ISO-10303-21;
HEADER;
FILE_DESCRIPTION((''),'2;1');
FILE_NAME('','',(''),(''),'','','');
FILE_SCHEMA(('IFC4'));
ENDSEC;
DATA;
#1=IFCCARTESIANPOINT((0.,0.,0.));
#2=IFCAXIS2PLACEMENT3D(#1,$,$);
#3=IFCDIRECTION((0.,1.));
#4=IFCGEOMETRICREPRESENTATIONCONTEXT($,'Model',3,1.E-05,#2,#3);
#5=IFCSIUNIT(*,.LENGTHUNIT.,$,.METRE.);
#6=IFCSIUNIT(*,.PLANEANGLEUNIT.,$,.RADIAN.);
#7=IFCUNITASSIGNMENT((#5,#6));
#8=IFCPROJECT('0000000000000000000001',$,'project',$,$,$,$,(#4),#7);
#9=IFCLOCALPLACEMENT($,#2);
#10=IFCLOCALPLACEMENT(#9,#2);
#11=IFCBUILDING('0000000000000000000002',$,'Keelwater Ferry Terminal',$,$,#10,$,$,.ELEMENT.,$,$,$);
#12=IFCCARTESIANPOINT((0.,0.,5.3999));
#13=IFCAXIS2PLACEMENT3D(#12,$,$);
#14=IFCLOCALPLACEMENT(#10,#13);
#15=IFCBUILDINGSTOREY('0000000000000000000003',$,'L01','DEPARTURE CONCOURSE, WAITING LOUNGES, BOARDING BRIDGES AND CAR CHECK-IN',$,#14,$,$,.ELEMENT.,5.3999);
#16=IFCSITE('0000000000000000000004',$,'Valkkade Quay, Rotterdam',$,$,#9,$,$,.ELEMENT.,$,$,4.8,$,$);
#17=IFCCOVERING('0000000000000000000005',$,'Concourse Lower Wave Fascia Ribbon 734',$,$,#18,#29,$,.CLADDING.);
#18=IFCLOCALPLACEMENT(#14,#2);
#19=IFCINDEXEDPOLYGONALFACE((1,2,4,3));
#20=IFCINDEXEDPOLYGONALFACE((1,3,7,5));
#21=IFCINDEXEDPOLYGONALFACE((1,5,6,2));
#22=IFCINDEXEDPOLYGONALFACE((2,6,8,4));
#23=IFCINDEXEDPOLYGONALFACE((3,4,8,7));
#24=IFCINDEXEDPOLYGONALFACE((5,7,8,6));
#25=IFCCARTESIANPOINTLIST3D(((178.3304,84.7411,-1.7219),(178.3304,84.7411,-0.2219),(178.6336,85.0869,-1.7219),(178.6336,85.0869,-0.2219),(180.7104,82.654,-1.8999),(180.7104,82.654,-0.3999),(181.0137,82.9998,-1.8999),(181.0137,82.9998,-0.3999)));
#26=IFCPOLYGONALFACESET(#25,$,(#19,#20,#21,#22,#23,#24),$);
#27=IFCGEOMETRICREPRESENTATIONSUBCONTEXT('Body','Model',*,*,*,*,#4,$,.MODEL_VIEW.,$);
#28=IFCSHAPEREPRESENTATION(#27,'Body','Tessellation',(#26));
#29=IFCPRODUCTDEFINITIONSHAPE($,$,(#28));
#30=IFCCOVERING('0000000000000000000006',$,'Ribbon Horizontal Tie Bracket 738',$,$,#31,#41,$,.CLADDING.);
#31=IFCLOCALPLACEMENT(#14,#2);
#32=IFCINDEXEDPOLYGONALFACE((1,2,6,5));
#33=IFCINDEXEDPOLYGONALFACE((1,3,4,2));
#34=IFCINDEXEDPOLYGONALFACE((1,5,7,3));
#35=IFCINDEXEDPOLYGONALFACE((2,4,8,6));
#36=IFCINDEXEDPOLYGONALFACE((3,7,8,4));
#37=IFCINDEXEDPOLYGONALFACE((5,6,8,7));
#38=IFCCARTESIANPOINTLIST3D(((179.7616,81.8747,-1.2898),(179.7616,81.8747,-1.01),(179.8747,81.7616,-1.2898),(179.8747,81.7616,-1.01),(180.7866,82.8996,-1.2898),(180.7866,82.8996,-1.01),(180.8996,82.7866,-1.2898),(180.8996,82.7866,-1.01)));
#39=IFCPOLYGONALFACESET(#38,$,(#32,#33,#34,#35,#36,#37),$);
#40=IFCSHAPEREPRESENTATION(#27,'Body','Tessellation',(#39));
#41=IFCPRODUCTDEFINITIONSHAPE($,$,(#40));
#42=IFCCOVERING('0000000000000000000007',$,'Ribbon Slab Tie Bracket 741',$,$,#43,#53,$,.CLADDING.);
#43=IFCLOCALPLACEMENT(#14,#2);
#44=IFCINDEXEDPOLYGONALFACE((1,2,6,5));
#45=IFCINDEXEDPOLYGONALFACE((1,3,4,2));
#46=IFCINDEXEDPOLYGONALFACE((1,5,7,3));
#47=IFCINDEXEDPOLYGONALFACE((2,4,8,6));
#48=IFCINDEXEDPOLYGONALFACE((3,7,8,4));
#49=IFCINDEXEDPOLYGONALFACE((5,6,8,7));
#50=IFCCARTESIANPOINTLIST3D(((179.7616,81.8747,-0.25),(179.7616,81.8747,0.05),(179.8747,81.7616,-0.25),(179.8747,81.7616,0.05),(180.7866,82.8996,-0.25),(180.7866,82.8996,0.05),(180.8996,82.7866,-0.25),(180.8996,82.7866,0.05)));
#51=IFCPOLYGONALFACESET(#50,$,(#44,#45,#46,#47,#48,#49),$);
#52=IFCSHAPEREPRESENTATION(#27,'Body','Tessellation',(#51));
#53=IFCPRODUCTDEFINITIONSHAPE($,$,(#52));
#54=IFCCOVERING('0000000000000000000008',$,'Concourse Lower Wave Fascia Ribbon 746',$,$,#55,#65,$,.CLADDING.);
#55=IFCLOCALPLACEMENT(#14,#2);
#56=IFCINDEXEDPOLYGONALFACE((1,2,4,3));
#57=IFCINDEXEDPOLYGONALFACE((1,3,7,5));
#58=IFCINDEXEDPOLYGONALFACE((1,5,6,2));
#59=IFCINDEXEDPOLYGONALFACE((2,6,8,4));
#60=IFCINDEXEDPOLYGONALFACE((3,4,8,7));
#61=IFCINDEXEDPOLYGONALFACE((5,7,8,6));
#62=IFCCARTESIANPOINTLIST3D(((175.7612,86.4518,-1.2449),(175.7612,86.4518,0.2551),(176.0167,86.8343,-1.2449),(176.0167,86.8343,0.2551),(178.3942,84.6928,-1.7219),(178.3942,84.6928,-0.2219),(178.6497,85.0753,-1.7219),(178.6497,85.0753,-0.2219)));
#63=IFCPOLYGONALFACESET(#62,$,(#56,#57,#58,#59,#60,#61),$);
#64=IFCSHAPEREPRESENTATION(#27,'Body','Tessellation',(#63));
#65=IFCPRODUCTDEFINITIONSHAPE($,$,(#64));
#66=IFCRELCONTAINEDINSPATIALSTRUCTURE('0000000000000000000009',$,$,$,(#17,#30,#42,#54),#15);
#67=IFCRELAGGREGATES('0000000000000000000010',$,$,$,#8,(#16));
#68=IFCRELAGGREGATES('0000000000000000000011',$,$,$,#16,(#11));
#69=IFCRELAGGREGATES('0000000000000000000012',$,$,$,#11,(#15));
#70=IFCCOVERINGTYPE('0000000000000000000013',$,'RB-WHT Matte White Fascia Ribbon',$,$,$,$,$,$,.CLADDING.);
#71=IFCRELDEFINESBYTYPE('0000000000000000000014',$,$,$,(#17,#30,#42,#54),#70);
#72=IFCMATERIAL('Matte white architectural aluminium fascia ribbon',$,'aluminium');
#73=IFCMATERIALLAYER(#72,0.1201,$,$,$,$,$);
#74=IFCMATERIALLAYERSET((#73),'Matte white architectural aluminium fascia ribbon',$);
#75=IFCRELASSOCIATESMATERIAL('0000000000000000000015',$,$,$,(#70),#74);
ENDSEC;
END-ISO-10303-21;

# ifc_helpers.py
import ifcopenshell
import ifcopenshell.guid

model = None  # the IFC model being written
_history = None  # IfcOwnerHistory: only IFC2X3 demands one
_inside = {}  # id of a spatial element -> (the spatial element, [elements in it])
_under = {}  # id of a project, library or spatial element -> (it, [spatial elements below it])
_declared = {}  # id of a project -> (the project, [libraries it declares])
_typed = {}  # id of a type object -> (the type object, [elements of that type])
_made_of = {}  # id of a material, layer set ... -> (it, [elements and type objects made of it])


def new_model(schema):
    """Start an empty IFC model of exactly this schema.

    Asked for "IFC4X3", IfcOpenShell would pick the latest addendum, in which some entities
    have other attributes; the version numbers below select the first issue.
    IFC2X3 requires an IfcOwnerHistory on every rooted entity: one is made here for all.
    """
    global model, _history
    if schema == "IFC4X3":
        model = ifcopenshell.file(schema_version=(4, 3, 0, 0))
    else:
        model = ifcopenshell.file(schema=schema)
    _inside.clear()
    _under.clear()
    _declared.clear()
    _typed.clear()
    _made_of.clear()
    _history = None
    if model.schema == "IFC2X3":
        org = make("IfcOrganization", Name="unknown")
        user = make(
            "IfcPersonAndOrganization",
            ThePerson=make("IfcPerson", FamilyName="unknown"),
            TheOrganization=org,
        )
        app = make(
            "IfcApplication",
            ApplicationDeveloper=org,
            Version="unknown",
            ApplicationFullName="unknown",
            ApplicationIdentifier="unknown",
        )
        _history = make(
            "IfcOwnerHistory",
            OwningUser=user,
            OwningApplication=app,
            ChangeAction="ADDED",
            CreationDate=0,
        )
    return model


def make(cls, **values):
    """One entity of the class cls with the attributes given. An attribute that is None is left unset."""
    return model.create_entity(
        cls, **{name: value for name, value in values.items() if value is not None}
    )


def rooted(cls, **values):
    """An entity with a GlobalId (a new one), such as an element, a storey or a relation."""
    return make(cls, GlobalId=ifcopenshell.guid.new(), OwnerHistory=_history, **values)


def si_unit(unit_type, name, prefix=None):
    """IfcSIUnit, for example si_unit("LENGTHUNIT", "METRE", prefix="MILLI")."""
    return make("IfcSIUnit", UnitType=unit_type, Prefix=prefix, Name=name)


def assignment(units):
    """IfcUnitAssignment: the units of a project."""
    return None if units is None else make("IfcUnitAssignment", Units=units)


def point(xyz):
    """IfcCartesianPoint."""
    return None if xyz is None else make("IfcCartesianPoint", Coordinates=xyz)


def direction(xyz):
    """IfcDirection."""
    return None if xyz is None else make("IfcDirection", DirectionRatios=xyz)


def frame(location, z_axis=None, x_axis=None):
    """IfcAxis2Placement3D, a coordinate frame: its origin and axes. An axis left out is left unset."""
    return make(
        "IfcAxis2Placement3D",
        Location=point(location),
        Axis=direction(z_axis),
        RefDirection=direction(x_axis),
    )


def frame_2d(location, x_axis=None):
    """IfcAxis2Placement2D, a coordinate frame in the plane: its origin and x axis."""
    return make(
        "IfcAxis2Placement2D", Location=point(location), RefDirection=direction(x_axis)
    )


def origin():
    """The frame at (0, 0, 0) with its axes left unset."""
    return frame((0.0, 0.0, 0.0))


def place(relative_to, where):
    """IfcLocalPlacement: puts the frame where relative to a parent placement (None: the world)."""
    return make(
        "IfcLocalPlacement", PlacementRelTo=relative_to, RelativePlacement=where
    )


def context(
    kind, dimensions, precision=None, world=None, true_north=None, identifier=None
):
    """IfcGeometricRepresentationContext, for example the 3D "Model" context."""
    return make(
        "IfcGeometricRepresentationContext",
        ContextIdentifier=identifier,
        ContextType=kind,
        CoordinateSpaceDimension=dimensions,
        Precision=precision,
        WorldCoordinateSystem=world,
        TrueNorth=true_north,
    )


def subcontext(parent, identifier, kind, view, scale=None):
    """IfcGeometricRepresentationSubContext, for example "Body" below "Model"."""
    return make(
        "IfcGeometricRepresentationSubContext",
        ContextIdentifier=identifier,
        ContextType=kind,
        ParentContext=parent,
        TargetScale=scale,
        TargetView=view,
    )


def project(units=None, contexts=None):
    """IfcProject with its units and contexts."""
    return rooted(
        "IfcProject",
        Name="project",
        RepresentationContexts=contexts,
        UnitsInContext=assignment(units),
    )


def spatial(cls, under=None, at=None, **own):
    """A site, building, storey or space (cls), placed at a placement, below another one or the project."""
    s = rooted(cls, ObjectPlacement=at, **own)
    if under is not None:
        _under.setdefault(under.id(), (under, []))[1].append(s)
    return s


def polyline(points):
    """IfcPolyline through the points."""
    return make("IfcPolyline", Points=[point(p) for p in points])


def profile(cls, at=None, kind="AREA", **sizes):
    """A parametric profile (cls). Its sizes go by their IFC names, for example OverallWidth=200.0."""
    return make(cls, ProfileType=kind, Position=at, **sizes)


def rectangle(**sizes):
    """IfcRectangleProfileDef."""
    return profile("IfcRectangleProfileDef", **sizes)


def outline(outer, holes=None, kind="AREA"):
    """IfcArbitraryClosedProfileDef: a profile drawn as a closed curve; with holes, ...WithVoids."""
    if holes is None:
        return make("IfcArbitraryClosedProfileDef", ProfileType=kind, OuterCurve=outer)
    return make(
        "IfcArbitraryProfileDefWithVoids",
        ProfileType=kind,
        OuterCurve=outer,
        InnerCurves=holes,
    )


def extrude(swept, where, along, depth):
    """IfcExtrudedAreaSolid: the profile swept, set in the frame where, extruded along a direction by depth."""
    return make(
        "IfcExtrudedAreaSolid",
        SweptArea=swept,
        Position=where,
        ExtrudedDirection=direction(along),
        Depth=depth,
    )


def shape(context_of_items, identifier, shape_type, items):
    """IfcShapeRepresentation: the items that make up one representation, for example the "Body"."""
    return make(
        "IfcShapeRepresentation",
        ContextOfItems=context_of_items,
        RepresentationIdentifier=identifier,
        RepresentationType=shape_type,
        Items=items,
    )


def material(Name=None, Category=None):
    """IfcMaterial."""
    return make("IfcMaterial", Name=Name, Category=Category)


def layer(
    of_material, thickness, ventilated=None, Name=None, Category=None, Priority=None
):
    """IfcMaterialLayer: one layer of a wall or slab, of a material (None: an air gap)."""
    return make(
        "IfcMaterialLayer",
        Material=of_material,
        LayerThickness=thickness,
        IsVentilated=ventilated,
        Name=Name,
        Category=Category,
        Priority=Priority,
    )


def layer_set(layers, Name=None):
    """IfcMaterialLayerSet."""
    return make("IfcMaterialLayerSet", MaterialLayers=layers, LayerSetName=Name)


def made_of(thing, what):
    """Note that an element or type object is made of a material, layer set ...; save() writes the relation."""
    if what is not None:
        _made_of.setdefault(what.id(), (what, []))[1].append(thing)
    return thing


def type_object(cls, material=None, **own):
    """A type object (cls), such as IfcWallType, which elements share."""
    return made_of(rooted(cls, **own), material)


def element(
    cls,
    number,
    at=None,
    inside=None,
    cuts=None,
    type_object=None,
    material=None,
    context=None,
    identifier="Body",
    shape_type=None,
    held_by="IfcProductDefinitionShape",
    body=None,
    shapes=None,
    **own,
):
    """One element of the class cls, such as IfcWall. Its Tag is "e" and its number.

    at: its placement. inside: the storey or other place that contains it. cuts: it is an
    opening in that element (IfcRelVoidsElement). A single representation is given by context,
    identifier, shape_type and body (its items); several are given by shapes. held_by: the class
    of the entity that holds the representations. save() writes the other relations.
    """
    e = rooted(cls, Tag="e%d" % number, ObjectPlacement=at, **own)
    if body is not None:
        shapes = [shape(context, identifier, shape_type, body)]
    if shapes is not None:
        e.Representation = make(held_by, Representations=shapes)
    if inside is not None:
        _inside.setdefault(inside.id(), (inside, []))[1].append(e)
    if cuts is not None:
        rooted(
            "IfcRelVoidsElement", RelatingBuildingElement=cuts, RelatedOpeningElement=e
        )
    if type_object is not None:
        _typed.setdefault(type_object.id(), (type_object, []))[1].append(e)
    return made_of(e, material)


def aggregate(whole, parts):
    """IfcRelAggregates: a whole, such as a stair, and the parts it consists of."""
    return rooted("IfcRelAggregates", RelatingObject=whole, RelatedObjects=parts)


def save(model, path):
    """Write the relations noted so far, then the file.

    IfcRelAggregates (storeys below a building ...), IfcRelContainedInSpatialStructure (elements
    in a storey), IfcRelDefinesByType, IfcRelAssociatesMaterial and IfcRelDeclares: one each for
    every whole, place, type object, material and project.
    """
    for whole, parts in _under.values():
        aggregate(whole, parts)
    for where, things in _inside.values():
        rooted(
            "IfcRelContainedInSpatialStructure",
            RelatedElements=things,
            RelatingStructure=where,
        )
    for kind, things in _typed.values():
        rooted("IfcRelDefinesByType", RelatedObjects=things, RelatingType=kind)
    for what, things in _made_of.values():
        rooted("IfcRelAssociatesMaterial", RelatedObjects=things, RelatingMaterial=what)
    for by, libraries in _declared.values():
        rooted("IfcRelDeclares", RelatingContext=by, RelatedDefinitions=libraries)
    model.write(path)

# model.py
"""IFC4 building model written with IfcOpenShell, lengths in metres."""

from ifc_helpers import new_model, si_unit, direction, frame, frame_2d, origin, place, context, subcontext, project, spatial, polyline, rectangle, outline, extrude, material, layer, layer_set, type_object, element, save


model = new_model("IFC4")

# Units and contexts
model_context = context("Model", 3, precision=1e-05, world=origin(), true_north=direction((0.0, 1.0)))
body_context = subcontext(model_context, "Body", "Model", "MODEL_VIEW")
ifc_project = project(units=[si_unit("LENGTHUNIT", "METRE"), si_unit("PLANEANGLEUNIT", "RADIAN")], contexts=[model_context])

# Site, building, storey
site_placement = place(None, origin())
site = spatial("IfcSite", under=ifc_project, at=site_placement, Name="Valkkade Quay, Rotterdam", CompositionType="ELEMENT", RefElevation=4.8)
building_placement = place(site_placement, origin())
building = spatial("IfcBuilding", under=site, at=building_placement, Name="Keelwater Ferry Terminal", CompositionType="ELEMENT")
storey_placement = place(building_placement, frame((0.0, 0.0, 5.3999)))
storey = spatial("IfcBuildingStorey", under=building, at=storey_placement, Name="L01", Description="DEPARTURE CONCOURSE, WAITING LOUNGES, BOARDING BRIDGES AND CAR CHECK-IN", CompositionType="ELEMENT", Elevation=5.3999)

# Coverings
ifc_material_1 = material(Name="Matte white architectural aluminium fascia ribbon", Category="aluminium")
ifc_layer_1 = layer(ifc_material_1, 0.1201)
ifc_layer_set_1 = layer_set([ifc_layer_1], Name="Matte white architectural aluminium fascia ribbon")
covering_type = type_object("IfcCoveringType", Name="RB-WHT Matte White Fascia Ribbon", PredefinedType="CLADDING", material=ifc_layer_set_1)
covering_1_placement = place(storey_placement, frame((180.8621, 82.8269, -1.8999), z_axis=(0.0, 0.0, 1.0), x_axis=(-0.751864, 0.659318, 0.0)))
element("IfcCovering", 1, at=covering_1_placement, inside=storey, type_object=covering_type, Name="Concourse Lower Wave Fascia Ribbon 734", PredefinedType="CLADDING", context=body_context, shape_type="SweptSolid", body=[
    extrude(outline(polyline([(0.0, 0.0), (3.1655, 0.178), (3.1655, 1.678), (0.0, 1.5), (0.0, 0.0)])), frame((0.0, 0.23, 0.0), z_axis=(0.0, -1.0, 0.0), x_axis=(1.0, 0.0, 0.0)), (0.0, 0.0, 1.0), 0.46),
])
covering_2_placement = place(storey_placement, frame((180.843, 82.843, -1.2898), z_axis=(0.0, 0.0, 1.0), x_axis=(-0.707107, -0.707107, 0.0)))
element("IfcCovering", 2, at=covering_2_placement, inside=storey, type_object=covering_type, Name="Ribbon Horizontal Tie Bracket 738", PredefinedType="CLADDING", context=body_context, shape_type="SweptSolid", body=[
    extrude(rectangle(XDim=1.4495, YDim=0.1599, at=frame_2d((0.7246, 0.0))), origin(), (0.0, 0.0, 1.0), 0.2798),
])
covering_3_placement = place(storey_placement, frame((180.843, 82.843, -0.25), z_axis=(0.0, 0.0, 1.0), x_axis=(-0.707107, -0.707107, 0.0)))
element("IfcCovering", 3, at=covering_3_placement, inside=storey, type_object=covering_type, Name="Ribbon Slab Tie Bracket 741", PredefinedType="CLADDING", context=body_context, shape_type="SweptSolid", body=[
    extrude(rectangle(XDim=1.4495, YDim=0.1599, at=frame_2d((0.7246, 0.0))), origin(), (0.0, 0.0, 1.0), 0.3),
])
covering_4_placement = place(storey_placement, frame((178.522, 84.884, -1.7219), z_axis=(0.0, 0.0, 1.0), x_axis=(-0.831516, 0.555501, 0.0)))
element("IfcCovering", 4, at=covering_4_placement, inside=storey, type_object=covering_type, Name="Concourse Lower Wave Fascia Ribbon 746", PredefinedType="CLADDING", context=body_context, shape_type="SweptSolid", body=[
    extrude(outline(polyline([(0.0, 0.0), (3.1665, 0.4771), (3.1665, 1.9771), (0.0, 1.5), (0.0, 0.0)])), frame((0.0, 0.23, 0.0), z_axis=(0.0, -1.0, 0.0), x_axis=(1.0, 0.0, 0.0)), (0.0, 0.0, 1.0), 0.46),
])

save(model, "model.ifc")
